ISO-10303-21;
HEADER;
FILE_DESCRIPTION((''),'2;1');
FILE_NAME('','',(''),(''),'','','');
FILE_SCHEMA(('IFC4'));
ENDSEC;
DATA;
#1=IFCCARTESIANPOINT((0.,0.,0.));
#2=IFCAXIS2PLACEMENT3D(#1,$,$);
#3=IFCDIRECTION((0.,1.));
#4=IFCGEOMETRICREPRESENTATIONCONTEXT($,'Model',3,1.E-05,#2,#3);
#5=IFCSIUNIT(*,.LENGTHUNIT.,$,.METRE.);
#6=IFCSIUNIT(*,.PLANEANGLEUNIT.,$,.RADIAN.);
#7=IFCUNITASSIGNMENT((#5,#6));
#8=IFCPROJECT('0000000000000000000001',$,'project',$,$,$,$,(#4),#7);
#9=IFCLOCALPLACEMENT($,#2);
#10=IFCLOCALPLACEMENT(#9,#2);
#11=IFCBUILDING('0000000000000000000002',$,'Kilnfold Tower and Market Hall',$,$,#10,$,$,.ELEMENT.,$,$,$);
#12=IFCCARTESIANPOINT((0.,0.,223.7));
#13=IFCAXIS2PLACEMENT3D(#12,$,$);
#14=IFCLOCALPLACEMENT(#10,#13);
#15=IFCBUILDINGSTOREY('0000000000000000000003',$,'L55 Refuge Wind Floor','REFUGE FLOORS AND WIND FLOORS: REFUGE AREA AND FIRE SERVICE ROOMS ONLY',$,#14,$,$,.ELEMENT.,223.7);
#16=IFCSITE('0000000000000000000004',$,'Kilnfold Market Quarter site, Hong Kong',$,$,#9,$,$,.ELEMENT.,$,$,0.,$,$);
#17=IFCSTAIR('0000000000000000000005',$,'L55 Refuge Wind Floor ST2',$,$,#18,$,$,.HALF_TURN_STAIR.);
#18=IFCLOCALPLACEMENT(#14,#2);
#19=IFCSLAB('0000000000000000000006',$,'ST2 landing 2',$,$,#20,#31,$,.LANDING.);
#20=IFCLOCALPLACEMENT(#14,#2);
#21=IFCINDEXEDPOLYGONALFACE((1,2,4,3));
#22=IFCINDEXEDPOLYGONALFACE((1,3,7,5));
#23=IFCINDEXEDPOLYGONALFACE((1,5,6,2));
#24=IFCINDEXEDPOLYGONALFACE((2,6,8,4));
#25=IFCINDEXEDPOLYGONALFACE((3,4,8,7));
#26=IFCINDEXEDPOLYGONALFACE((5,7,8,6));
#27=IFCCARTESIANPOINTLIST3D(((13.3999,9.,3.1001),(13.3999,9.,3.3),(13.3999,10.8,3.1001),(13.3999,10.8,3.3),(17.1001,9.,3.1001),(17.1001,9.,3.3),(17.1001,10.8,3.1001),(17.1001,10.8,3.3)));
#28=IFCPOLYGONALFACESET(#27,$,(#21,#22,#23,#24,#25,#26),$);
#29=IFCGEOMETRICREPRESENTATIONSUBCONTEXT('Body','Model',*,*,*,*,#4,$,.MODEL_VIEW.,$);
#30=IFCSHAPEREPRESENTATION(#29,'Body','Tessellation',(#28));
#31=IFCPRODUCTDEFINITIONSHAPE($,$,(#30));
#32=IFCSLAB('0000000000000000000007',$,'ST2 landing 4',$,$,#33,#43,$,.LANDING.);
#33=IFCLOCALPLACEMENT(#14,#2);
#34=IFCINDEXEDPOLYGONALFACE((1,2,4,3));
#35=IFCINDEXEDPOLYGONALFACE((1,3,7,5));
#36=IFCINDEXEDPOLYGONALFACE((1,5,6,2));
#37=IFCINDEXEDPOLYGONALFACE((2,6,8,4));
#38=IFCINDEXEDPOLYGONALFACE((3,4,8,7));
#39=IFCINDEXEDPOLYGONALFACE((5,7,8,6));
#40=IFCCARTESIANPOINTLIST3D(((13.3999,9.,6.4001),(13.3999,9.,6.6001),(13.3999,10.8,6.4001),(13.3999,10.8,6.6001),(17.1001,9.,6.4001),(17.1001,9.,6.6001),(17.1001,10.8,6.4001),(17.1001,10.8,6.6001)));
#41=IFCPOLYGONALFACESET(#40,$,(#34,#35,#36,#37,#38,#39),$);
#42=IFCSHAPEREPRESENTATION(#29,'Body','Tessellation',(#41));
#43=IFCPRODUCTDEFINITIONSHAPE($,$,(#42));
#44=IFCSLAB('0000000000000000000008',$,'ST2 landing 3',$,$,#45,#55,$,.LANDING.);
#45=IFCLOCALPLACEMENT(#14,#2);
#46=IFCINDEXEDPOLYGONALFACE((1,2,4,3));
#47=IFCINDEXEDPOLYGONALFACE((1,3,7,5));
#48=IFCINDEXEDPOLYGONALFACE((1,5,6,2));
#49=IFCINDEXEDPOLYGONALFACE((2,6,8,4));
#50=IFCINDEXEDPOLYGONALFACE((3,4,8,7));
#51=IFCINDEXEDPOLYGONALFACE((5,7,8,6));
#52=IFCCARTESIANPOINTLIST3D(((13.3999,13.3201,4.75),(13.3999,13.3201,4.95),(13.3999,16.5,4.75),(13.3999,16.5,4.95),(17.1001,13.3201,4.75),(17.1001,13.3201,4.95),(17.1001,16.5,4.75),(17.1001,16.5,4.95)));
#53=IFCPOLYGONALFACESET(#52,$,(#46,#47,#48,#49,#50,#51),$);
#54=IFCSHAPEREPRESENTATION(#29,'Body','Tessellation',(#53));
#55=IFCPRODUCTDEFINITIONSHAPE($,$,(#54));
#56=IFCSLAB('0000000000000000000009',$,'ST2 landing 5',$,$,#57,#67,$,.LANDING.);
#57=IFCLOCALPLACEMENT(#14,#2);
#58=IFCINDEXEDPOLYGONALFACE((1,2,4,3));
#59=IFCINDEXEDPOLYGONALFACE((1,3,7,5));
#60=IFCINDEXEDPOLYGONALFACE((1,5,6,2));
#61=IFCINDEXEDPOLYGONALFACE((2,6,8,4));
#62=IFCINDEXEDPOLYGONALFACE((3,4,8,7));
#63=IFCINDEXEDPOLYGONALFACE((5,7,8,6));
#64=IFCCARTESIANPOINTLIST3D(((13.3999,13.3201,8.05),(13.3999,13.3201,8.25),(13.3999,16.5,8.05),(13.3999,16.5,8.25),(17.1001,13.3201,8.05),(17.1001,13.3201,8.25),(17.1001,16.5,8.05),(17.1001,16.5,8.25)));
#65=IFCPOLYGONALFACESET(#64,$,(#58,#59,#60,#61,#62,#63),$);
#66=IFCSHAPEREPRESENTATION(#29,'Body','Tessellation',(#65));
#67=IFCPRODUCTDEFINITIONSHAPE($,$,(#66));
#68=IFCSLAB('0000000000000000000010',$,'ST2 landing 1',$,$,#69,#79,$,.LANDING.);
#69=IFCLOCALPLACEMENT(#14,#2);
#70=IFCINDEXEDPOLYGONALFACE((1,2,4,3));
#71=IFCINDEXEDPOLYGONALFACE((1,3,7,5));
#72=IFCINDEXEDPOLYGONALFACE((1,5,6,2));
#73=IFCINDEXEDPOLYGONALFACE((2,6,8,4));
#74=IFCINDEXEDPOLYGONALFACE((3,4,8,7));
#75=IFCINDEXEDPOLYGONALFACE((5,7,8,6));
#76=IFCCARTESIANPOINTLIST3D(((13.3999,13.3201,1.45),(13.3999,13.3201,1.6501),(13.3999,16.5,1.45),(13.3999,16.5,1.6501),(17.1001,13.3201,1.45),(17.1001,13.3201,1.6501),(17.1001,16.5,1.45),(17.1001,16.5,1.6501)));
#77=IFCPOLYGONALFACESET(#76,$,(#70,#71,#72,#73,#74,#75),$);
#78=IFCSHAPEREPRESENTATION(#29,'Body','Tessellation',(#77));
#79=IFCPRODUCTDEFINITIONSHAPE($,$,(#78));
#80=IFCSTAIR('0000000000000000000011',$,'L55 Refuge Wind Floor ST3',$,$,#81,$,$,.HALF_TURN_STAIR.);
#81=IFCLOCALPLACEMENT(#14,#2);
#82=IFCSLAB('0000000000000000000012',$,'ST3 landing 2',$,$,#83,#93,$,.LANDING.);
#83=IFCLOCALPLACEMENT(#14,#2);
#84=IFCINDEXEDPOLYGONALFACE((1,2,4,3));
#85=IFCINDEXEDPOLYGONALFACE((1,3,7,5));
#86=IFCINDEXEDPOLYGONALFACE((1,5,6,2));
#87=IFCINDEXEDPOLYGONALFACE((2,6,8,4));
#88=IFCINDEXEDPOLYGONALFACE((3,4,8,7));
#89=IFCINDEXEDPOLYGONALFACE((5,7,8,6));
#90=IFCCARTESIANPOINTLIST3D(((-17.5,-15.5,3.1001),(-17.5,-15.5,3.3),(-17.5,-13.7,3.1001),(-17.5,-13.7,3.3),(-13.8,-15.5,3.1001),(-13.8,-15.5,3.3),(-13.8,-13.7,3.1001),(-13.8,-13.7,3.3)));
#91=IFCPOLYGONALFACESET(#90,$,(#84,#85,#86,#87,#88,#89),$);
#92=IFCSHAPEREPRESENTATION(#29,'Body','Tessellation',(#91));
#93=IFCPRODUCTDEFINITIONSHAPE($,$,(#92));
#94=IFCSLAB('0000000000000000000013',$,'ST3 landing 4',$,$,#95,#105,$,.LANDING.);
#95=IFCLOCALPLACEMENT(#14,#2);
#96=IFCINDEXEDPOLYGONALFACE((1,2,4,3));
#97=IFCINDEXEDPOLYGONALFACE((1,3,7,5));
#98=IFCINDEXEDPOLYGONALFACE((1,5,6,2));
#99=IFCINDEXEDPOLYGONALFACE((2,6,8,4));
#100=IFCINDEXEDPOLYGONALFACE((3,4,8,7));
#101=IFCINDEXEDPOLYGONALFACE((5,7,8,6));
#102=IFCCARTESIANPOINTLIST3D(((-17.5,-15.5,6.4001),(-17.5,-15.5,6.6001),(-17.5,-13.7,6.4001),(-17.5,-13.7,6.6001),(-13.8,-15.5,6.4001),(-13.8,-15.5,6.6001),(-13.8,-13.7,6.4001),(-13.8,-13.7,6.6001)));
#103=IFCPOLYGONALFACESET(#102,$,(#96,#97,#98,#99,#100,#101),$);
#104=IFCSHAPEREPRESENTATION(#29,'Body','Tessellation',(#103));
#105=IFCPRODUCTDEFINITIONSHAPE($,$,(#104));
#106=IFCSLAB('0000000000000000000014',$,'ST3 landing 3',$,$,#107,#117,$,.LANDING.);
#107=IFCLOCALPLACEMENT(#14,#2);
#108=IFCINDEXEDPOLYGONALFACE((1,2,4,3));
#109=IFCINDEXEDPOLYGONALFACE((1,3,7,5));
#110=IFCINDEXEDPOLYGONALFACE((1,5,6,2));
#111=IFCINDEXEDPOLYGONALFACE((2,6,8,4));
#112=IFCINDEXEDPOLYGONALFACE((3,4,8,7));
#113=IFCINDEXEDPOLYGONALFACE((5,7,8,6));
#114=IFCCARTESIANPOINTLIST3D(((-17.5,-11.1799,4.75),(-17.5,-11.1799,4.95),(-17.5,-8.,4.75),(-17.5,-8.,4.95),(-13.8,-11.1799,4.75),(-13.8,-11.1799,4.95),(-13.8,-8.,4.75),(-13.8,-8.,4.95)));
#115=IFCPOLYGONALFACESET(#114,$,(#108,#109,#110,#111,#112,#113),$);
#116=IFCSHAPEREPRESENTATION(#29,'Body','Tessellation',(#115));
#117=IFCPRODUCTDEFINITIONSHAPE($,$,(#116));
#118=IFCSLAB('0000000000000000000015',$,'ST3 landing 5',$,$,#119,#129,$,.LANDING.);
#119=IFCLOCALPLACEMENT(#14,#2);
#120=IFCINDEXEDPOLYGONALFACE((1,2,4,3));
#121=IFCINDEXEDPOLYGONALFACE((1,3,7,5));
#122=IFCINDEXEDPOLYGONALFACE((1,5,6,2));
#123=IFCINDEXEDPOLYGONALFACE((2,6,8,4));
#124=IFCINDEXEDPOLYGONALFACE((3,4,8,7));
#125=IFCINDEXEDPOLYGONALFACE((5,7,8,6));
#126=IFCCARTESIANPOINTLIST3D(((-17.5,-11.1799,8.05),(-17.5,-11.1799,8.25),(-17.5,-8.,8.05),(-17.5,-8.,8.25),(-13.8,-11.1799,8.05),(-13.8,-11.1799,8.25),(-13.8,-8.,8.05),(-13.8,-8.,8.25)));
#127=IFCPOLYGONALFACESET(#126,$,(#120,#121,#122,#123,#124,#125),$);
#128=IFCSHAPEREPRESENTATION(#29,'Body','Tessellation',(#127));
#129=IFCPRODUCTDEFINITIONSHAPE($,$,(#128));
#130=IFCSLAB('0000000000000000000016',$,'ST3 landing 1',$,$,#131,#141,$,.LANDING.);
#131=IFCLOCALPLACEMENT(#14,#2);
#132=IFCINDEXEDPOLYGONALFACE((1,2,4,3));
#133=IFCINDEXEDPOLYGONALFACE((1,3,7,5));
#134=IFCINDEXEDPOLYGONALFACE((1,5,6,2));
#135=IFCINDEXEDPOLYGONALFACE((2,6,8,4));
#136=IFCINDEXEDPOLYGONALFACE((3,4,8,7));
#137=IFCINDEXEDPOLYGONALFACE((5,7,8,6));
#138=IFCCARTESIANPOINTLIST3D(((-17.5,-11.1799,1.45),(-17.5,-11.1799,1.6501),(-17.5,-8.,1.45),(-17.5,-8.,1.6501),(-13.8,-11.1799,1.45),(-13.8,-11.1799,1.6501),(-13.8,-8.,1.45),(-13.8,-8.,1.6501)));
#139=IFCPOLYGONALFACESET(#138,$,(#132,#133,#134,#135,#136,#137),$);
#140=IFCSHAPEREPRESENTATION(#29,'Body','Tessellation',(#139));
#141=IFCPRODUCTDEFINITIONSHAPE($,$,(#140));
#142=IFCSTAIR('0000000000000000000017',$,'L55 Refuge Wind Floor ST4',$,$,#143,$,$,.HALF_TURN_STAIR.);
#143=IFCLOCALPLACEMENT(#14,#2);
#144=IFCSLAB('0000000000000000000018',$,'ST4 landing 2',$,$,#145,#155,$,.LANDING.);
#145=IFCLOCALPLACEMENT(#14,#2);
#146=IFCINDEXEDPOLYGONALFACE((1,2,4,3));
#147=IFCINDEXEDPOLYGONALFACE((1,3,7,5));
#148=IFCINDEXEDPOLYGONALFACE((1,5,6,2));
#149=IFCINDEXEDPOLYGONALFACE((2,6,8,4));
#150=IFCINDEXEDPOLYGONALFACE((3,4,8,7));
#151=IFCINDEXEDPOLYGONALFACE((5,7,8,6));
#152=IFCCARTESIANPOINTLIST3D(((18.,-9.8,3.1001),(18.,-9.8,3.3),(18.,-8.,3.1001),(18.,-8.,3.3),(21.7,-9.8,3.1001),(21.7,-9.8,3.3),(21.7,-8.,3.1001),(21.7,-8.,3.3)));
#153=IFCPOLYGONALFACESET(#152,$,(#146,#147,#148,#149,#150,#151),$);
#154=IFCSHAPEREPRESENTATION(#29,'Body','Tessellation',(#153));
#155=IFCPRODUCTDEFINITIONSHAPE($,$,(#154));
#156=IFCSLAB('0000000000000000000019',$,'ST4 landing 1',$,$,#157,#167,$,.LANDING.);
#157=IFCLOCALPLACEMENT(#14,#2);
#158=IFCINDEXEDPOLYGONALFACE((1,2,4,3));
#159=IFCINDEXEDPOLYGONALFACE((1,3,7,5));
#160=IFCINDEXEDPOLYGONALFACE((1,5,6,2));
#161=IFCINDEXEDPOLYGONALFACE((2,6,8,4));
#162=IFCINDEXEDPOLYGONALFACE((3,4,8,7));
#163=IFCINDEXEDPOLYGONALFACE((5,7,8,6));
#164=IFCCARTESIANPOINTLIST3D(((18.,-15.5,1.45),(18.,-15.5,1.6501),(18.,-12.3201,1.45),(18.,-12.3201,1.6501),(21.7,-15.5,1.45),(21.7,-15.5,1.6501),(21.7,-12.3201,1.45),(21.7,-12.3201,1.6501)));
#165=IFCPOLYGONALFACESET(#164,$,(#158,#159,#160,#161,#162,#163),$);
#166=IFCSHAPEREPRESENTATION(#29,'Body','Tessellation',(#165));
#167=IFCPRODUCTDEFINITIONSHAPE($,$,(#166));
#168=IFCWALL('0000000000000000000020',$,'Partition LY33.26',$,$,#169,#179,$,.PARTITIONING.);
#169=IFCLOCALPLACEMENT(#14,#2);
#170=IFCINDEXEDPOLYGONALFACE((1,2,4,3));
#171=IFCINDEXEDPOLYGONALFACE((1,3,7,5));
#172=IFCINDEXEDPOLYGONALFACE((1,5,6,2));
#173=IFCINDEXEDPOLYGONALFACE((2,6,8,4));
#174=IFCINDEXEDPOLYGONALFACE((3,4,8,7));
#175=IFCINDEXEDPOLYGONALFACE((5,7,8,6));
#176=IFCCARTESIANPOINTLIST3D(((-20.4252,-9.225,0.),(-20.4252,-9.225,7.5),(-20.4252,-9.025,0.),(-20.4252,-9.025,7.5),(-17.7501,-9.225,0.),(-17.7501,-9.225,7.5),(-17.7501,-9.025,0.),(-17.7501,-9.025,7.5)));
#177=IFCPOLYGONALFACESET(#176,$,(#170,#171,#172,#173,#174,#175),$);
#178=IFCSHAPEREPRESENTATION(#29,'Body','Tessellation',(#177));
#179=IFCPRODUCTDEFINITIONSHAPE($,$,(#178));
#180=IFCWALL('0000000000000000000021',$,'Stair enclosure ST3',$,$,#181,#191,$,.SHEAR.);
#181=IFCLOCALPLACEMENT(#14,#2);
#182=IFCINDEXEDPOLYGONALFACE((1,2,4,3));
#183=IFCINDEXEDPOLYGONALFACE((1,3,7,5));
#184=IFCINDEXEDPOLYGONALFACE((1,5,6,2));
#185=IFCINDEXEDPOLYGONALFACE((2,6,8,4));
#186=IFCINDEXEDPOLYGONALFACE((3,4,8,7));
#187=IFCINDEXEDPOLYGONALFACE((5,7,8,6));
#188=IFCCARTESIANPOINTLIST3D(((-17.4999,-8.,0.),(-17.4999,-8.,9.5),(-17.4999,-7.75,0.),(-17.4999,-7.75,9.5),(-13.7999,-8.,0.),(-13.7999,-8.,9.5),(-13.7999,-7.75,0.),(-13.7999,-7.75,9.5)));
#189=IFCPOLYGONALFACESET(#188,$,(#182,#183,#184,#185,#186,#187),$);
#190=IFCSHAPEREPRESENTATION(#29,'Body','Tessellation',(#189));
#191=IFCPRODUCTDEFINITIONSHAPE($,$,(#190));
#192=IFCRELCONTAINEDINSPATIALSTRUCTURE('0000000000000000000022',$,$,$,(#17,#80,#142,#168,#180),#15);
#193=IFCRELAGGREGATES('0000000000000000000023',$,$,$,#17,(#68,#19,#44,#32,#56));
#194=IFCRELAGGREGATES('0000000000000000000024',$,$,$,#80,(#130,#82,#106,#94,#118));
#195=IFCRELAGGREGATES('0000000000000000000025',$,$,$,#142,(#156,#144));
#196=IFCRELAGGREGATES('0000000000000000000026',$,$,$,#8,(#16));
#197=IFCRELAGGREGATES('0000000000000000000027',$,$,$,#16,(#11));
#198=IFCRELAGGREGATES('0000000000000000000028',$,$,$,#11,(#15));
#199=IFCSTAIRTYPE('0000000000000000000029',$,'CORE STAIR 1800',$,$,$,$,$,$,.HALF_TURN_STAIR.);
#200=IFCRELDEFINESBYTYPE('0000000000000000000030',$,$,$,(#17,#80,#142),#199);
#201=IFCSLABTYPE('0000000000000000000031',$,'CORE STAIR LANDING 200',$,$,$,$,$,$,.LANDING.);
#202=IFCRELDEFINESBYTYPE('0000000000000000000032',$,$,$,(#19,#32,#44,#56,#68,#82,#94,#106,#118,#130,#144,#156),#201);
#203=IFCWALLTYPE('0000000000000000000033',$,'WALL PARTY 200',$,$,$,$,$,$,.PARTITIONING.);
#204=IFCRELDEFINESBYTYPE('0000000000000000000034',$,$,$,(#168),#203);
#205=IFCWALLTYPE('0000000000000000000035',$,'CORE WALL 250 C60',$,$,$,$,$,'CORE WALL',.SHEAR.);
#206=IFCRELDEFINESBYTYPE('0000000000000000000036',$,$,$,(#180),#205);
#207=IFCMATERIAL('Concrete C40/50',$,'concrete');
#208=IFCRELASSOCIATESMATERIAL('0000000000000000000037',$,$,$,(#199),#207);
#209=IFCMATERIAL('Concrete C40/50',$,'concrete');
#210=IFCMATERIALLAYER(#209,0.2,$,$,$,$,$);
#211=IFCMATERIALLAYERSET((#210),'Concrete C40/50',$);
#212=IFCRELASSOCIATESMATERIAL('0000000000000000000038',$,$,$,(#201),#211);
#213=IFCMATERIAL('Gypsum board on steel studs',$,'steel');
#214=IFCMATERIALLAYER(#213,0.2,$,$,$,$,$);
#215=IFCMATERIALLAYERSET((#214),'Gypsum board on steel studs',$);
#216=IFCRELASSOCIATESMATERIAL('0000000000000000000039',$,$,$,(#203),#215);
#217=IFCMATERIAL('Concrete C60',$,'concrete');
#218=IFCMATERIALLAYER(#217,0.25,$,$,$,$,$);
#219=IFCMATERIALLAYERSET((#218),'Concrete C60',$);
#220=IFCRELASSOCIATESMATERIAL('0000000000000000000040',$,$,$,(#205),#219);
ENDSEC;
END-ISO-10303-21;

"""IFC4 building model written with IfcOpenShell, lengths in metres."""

from ifc_helpers import new_model, si_unit, direction, frame, frame_2d, origin, place, context, subcontext, project, spatial, polyline, rectangle, outline, extrude, source, transform, mapped, material, layer, layer_set, type_object, element, aggregate, save


model = new_model("IFC4")

# Units and contexts
model_context = context("Model", 3, precision=1e-05, world=origin(), true_north=direction((0.0, 1.0)))
body_context = subcontext(model_context, "Body", "Model", "MODEL_VIEW")
ifc_project = project(units=[si_unit("LENGTHUNIT", "METRE"), si_unit("PLANEANGLEUNIT", "RADIAN")], contexts=[model_context])

# Site, building, storey
site_placement = place(None, origin())
site = spatial("IfcSite", under=ifc_project, at=site_placement, Name="Kilnfold Market Quarter site, Hong Kong", CompositionType="ELEMENT", RefElevation=0.0)
building_placement = place(site_placement, origin())
building = spatial("IfcBuilding", under=site, at=building_placement, Name="Kilnfold Tower and Market Hall", CompositionType="ELEMENT")
storey_placement = place(building_placement, frame((0.0, 0.0, 223.7)))
storey = spatial("IfcBuildingStorey", under=building, at=storey_placement, Name="L55 Refuge Wind Floor", Description="REFUGE FLOORS AND WIND FLOORS: REFUGE AREA AND FIRE SERVICE ROOMS ONLY", CompositionType="ELEMENT", Elevation=223.7)

# Stairs, slabs
ifc_material_1 = material(Name="Concrete C40/50", Category="concrete")
stair_type = type_object("IfcStairType", Name="CORE STAIR 1800", PredefinedType="HALF_TURN_STAIR", material=ifc_material_1)
ifc_material_2 = material(Name="Concrete C40/50", Category="concrete")
ifc_layer_1 = layer(ifc_material_2, 0.2)
ifc_layer_set_1 = layer_set([ifc_layer_1], Name="Concrete C40/50")
slab_type_1 = type_object("IfcSlabType", Name="CORE STAIR LANDING 200", PredefinedType="LANDING", material=ifc_layer_set_1)
stair_1_placement = place(storey_placement, origin())
stair_1 = element("IfcStair", 1, at=stair_1_placement, inside=storey, type_object=stair_type, Name="L55 Refuge Wind Floor ST2", PredefinedType="HALF_TURN_STAIR")
shared_shape_1 = source(origin(), body_context, "Body", "SweptSolid", [
    extrude(outline(polyline([(17.1001, 9.0), (17.1001, 10.8), (13.3999, 10.8), (13.3999, 9.0), (17.1001, 9.0)])), origin(), (0.0, 0.0, 1.0), 0.2),
])
slab_1_placement = place(storey_placement, frame((0.0, 0.0, 3.1001)))
slab_1 = element("IfcSlab", 2, at=slab_1_placement, type_object=slab_type_1, Name="ST2 landing 2", PredefinedType="LANDING", context=body_context, shape_type="MappedRepresentation", body=[
    mapped(shared_shape_1, transform((0.0, 0.0, 0.0))),
])
slab_2_placement = place(storey_placement, frame((0.0, 0.0, 6.4001)))
slab_2 = element("IfcSlab", 3, at=slab_2_placement, type_object=slab_type_1, Name="ST2 landing 4", PredefinedType="LANDING", context=body_context, shape_type="MappedRepresentation", body=[
    mapped(shared_shape_1, transform((0.0, 0.0, 0.0))),
])
shared_shape_2 = source(origin(), body_context, "Body", "SweptSolid", [
    extrude(outline(polyline([(17.1001, 13.3201), (17.1001, 16.5), (13.3999, 16.5), (13.3999, 13.3201), (17.1001, 13.3201)])), origin(), (0.0, 0.0, 1.0), 0.2),
])
slab_3_placement = place(storey_placement, frame((0.0, 0.0, 4.75)))
slab_3 = element("IfcSlab", 4, at=slab_3_placement, type_object=slab_type_1, Name="ST2 landing 3", PredefinedType="LANDING", context=body_context, shape_type="MappedRepresentation", body=[
    mapped(shared_shape_2, transform((0.0, 0.0, 0.0))),
])
slab_4_placement = place(storey_placement, frame((0.0, 0.0, 8.05)))
slab_4 = element("IfcSlab", 5, at=slab_4_placement, type_object=slab_type_1, Name="ST2 landing 5", PredefinedType="LANDING", context=body_context, shape_type="MappedRepresentation", body=[
    mapped(shared_shape_2, transform((0.0, 0.0, 0.0))),
])
shared_shape_3 = source(origin(), body_context, "Body", "SweptSolid", [
    extrude(outline(polyline([(17.1001, 13.3201), (17.1001, 16.5), (13.3999, 16.5), (13.3999, 13.3201), (17.1001, 13.3201)])), origin(), (0.0, 0.0, 1.0), 0.2002),
])
slab_5_placement = place(storey_placement, frame((0.0, 0.0, 1.45)))
slab_5 = element("IfcSlab", 6, at=slab_5_placement, type_object=slab_type_1, Name="ST2 landing 1", PredefinedType="LANDING", context=body_context, shape_type="MappedRepresentation", body=[
    mapped(shared_shape_3, transform((0.0, 0.0, 0.0))),
])
aggregate(stair_1, [slab_5, slab_1, slab_3, slab_2, slab_4])
stair_2_placement = place(storey_placement, origin())
stair_2 = element("IfcStair", 7, at=stair_2_placement, inside=storey, type_object=stair_type, Name="L55 Refuge Wind Floor ST3", PredefinedType="HALF_TURN_STAIR")
shared_shape_4 = source(origin(), body_context, "Body", "SweptSolid", [
    extrude(outline(polyline([(-13.8, -15.5), (-13.8, -13.7), (-17.5, -13.7), (-17.5, -15.5), (-13.8, -15.5)])), origin(), (0.0, 0.0, 1.0), 0.2),
])
slab_6_placement = place(storey_placement, frame((0.0, 0.0, 3.1001)))
slab_6 = element("IfcSlab", 8, at=slab_6_placement, type_object=slab_type_1, Name="ST3 landing 2", PredefinedType="LANDING", context=body_context, shape_type="MappedRepresentation", body=[
    mapped(shared_shape_4, transform((0.0, 0.0, 0.0))),
])
slab_7_placement = place(storey_placement, frame((0.0, 0.0, 6.4001)))
slab_7 = element("IfcSlab", 9, at=slab_7_placement, type_object=slab_type_1, Name="ST3 landing 4", PredefinedType="LANDING", context=body_context, shape_type="MappedRepresentation", body=[
    mapped(shared_shape_4, transform((0.0, 0.0, 0.0))),
])
shared_shape_5 = source(origin(), body_context, "Body", "SweptSolid", [
    extrude(outline(polyline([(-13.8, -11.1799), (-13.8, -8.0), (-17.5, -8.0), (-17.5, -11.1799), (-13.8, -11.1799)])), origin(), (0.0, 0.0, 1.0), 0.2),
])
slab_8_placement = place(storey_placement, frame((0.0, 0.0, 4.75)))
slab_8 = element("IfcSlab", 10, at=slab_8_placement, type_object=slab_type_1, Name="ST3 landing 3", PredefinedType="LANDING", context=body_context, shape_type="MappedRepresentation", body=[
    mapped(shared_shape_5, transform((0.0, 0.0, 0.0))),
])
slab_9_placement = place(storey_placement, frame((0.0, 0.0, 8.05)))
slab_9 = element("IfcSlab", 11, at=slab_9_placement, type_object=slab_type_1, Name="ST3 landing 5", PredefinedType="LANDING", context=body_context, shape_type="MappedRepresentation", body=[
    mapped(shared_shape_5, transform((0.0, 0.0, 0.0))),
])
shared_shape_6 = source(origin(), body_context, "Body", "SweptSolid", [
    extrude(outline(polyline([(-13.8, -11.1799), (-13.8, -8.0), (-17.5, -8.0), (-17.5, -11.1799), (-13.8, -11.1799)])), origin(), (0.0, 0.0, 1.0), 0.2002),
])
slab_10_placement = place(storey_placement, frame((0.0, 0.0, 1.45)))
slab_10 = element("IfcSlab", 12, at=slab_10_placement, type_object=slab_type_1, Name="ST3 landing 1", PredefinedType="LANDING", context=body_context, shape_type="MappedRepresentation", body=[
    mapped(shared_shape_6, transform((0.0, 0.0, 0.0))),
])
aggregate(stair_2, [slab_10, slab_6, slab_8, slab_7, slab_9])
stair_3_placement = place(storey_placement, origin())
stair_3 = element("IfcStair", 13, at=stair_3_placement, inside=storey, type_object=stair_type, Name="L55 Refuge Wind Floor ST4", PredefinedType="HALF_TURN_STAIR")
shared_shape_7 = source(origin(), body_context, "Body", "SweptSolid", [
    extrude(outline(polyline([(18.0, -8.0), (18.0, -9.8), (21.7, -9.8), (21.7, -8.0), (18.0, -8.0)])), origin(), (0.0, 0.0, 1.0), 0.2),
])
slab_11_placement = place(storey_placement, frame((0.0, 0.0, 3.1001)))
slab_11 = element("IfcSlab", 14, at=slab_11_placement, type_object=slab_type_1, Name="ST4 landing 2", PredefinedType="LANDING", context=body_context, shape_type="MappedRepresentation", body=[
    mapped(shared_shape_7, transform((0.0, 0.0, 0.0))),
])
shared_shape_8 = source(origin(), body_context, "Body", "SweptSolid", [
    extrude(outline(polyline([(18.0, -12.3201), (18.0, -15.5), (21.7, -15.5), (21.7, -12.3201), (18.0, -12.3201)])), origin(), (0.0, 0.0, 1.0), 0.2002),
])
slab_12_placement = place(storey_placement, frame((0.0, 0.0, 1.45)))
slab_12 = element("IfcSlab", 15, at=slab_12_placement, type_object=slab_type_1, Name="ST4 landing 1", PredefinedType="LANDING", context=body_context, shape_type="MappedRepresentation", body=[
    mapped(shared_shape_8, transform((0.0, 0.0, 0.0))),
])
aggregate(stair_3, [slab_12, slab_11])

# Walls
ifc_material_3 = material(Name="Gypsum board on steel studs", Category="steel")
ifc_layer_2 = layer(ifc_material_3, 0.2)
ifc_layer_set_2 = layer_set([ifc_layer_2], Name="Gypsum board on steel studs")
wall_type_1 = type_object("IfcWallType", Name="WALL PARTY 200", PredefinedType="PARTITIONING", material=ifc_layer_set_2)
wall_1_placement = place(storey_placement, frame((-20.425, -9.125, 0.0), z_axis=(0.0, 0.0, 1.0), x_axis=(1.0, 0.0, 0.0)))
element("IfcWall", 16, at=wall_1_placement, inside=storey, type_object=wall_type_1, Name="Partition LY33.26", PredefinedType="PARTITIONING", context=body_context, shape_type="SweptSolid", body=[
    extrude(rectangle(XDim=2.675, YDim=0.2, at=frame_2d((1.3374, 0.0))), origin(), (0.0, 0.0, 1.0), 7.5),
])
ifc_material_4 = material(Name="Concrete C60", Category="concrete")
ifc_layer_3 = layer(ifc_material_4, 0.25)
ifc_layer_set_3 = layer_set([ifc_layer_3], Name="Concrete C60")
wall_type_2 = type_object("IfcWallType", Name="CORE WALL 250 C60", ElementType="CORE WALL", PredefinedType="SHEAR", material=ifc_layer_set_3)
shared_shape_9 = source(origin(), body_context, "Body", "SweptSolid", [
    extrude(rectangle(XDim=3.7, YDim=0.25, at=frame_2d((1.8501, 0.0))), origin(), (0.0, 0.0, 1.0), 9.5),
])
wall_2_placement = place(storey_placement, frame((-17.5, -7.875, 0.0), z_axis=(0.0, 0.0, 1.0), x_axis=(1.0, 0.0, 0.0)))
element("IfcWall", 17, at=wall_2_placement, inside=storey, type_object=wall_type_2, Name="Stair enclosure ST3", PredefinedType="SHEAR", context=body_context, shape_type="MappedRepresentation", body=[
    mapped(shared_shape_9, transform((0.0, 0.0, 0.0))),
])

save(model, "model.ifc")
